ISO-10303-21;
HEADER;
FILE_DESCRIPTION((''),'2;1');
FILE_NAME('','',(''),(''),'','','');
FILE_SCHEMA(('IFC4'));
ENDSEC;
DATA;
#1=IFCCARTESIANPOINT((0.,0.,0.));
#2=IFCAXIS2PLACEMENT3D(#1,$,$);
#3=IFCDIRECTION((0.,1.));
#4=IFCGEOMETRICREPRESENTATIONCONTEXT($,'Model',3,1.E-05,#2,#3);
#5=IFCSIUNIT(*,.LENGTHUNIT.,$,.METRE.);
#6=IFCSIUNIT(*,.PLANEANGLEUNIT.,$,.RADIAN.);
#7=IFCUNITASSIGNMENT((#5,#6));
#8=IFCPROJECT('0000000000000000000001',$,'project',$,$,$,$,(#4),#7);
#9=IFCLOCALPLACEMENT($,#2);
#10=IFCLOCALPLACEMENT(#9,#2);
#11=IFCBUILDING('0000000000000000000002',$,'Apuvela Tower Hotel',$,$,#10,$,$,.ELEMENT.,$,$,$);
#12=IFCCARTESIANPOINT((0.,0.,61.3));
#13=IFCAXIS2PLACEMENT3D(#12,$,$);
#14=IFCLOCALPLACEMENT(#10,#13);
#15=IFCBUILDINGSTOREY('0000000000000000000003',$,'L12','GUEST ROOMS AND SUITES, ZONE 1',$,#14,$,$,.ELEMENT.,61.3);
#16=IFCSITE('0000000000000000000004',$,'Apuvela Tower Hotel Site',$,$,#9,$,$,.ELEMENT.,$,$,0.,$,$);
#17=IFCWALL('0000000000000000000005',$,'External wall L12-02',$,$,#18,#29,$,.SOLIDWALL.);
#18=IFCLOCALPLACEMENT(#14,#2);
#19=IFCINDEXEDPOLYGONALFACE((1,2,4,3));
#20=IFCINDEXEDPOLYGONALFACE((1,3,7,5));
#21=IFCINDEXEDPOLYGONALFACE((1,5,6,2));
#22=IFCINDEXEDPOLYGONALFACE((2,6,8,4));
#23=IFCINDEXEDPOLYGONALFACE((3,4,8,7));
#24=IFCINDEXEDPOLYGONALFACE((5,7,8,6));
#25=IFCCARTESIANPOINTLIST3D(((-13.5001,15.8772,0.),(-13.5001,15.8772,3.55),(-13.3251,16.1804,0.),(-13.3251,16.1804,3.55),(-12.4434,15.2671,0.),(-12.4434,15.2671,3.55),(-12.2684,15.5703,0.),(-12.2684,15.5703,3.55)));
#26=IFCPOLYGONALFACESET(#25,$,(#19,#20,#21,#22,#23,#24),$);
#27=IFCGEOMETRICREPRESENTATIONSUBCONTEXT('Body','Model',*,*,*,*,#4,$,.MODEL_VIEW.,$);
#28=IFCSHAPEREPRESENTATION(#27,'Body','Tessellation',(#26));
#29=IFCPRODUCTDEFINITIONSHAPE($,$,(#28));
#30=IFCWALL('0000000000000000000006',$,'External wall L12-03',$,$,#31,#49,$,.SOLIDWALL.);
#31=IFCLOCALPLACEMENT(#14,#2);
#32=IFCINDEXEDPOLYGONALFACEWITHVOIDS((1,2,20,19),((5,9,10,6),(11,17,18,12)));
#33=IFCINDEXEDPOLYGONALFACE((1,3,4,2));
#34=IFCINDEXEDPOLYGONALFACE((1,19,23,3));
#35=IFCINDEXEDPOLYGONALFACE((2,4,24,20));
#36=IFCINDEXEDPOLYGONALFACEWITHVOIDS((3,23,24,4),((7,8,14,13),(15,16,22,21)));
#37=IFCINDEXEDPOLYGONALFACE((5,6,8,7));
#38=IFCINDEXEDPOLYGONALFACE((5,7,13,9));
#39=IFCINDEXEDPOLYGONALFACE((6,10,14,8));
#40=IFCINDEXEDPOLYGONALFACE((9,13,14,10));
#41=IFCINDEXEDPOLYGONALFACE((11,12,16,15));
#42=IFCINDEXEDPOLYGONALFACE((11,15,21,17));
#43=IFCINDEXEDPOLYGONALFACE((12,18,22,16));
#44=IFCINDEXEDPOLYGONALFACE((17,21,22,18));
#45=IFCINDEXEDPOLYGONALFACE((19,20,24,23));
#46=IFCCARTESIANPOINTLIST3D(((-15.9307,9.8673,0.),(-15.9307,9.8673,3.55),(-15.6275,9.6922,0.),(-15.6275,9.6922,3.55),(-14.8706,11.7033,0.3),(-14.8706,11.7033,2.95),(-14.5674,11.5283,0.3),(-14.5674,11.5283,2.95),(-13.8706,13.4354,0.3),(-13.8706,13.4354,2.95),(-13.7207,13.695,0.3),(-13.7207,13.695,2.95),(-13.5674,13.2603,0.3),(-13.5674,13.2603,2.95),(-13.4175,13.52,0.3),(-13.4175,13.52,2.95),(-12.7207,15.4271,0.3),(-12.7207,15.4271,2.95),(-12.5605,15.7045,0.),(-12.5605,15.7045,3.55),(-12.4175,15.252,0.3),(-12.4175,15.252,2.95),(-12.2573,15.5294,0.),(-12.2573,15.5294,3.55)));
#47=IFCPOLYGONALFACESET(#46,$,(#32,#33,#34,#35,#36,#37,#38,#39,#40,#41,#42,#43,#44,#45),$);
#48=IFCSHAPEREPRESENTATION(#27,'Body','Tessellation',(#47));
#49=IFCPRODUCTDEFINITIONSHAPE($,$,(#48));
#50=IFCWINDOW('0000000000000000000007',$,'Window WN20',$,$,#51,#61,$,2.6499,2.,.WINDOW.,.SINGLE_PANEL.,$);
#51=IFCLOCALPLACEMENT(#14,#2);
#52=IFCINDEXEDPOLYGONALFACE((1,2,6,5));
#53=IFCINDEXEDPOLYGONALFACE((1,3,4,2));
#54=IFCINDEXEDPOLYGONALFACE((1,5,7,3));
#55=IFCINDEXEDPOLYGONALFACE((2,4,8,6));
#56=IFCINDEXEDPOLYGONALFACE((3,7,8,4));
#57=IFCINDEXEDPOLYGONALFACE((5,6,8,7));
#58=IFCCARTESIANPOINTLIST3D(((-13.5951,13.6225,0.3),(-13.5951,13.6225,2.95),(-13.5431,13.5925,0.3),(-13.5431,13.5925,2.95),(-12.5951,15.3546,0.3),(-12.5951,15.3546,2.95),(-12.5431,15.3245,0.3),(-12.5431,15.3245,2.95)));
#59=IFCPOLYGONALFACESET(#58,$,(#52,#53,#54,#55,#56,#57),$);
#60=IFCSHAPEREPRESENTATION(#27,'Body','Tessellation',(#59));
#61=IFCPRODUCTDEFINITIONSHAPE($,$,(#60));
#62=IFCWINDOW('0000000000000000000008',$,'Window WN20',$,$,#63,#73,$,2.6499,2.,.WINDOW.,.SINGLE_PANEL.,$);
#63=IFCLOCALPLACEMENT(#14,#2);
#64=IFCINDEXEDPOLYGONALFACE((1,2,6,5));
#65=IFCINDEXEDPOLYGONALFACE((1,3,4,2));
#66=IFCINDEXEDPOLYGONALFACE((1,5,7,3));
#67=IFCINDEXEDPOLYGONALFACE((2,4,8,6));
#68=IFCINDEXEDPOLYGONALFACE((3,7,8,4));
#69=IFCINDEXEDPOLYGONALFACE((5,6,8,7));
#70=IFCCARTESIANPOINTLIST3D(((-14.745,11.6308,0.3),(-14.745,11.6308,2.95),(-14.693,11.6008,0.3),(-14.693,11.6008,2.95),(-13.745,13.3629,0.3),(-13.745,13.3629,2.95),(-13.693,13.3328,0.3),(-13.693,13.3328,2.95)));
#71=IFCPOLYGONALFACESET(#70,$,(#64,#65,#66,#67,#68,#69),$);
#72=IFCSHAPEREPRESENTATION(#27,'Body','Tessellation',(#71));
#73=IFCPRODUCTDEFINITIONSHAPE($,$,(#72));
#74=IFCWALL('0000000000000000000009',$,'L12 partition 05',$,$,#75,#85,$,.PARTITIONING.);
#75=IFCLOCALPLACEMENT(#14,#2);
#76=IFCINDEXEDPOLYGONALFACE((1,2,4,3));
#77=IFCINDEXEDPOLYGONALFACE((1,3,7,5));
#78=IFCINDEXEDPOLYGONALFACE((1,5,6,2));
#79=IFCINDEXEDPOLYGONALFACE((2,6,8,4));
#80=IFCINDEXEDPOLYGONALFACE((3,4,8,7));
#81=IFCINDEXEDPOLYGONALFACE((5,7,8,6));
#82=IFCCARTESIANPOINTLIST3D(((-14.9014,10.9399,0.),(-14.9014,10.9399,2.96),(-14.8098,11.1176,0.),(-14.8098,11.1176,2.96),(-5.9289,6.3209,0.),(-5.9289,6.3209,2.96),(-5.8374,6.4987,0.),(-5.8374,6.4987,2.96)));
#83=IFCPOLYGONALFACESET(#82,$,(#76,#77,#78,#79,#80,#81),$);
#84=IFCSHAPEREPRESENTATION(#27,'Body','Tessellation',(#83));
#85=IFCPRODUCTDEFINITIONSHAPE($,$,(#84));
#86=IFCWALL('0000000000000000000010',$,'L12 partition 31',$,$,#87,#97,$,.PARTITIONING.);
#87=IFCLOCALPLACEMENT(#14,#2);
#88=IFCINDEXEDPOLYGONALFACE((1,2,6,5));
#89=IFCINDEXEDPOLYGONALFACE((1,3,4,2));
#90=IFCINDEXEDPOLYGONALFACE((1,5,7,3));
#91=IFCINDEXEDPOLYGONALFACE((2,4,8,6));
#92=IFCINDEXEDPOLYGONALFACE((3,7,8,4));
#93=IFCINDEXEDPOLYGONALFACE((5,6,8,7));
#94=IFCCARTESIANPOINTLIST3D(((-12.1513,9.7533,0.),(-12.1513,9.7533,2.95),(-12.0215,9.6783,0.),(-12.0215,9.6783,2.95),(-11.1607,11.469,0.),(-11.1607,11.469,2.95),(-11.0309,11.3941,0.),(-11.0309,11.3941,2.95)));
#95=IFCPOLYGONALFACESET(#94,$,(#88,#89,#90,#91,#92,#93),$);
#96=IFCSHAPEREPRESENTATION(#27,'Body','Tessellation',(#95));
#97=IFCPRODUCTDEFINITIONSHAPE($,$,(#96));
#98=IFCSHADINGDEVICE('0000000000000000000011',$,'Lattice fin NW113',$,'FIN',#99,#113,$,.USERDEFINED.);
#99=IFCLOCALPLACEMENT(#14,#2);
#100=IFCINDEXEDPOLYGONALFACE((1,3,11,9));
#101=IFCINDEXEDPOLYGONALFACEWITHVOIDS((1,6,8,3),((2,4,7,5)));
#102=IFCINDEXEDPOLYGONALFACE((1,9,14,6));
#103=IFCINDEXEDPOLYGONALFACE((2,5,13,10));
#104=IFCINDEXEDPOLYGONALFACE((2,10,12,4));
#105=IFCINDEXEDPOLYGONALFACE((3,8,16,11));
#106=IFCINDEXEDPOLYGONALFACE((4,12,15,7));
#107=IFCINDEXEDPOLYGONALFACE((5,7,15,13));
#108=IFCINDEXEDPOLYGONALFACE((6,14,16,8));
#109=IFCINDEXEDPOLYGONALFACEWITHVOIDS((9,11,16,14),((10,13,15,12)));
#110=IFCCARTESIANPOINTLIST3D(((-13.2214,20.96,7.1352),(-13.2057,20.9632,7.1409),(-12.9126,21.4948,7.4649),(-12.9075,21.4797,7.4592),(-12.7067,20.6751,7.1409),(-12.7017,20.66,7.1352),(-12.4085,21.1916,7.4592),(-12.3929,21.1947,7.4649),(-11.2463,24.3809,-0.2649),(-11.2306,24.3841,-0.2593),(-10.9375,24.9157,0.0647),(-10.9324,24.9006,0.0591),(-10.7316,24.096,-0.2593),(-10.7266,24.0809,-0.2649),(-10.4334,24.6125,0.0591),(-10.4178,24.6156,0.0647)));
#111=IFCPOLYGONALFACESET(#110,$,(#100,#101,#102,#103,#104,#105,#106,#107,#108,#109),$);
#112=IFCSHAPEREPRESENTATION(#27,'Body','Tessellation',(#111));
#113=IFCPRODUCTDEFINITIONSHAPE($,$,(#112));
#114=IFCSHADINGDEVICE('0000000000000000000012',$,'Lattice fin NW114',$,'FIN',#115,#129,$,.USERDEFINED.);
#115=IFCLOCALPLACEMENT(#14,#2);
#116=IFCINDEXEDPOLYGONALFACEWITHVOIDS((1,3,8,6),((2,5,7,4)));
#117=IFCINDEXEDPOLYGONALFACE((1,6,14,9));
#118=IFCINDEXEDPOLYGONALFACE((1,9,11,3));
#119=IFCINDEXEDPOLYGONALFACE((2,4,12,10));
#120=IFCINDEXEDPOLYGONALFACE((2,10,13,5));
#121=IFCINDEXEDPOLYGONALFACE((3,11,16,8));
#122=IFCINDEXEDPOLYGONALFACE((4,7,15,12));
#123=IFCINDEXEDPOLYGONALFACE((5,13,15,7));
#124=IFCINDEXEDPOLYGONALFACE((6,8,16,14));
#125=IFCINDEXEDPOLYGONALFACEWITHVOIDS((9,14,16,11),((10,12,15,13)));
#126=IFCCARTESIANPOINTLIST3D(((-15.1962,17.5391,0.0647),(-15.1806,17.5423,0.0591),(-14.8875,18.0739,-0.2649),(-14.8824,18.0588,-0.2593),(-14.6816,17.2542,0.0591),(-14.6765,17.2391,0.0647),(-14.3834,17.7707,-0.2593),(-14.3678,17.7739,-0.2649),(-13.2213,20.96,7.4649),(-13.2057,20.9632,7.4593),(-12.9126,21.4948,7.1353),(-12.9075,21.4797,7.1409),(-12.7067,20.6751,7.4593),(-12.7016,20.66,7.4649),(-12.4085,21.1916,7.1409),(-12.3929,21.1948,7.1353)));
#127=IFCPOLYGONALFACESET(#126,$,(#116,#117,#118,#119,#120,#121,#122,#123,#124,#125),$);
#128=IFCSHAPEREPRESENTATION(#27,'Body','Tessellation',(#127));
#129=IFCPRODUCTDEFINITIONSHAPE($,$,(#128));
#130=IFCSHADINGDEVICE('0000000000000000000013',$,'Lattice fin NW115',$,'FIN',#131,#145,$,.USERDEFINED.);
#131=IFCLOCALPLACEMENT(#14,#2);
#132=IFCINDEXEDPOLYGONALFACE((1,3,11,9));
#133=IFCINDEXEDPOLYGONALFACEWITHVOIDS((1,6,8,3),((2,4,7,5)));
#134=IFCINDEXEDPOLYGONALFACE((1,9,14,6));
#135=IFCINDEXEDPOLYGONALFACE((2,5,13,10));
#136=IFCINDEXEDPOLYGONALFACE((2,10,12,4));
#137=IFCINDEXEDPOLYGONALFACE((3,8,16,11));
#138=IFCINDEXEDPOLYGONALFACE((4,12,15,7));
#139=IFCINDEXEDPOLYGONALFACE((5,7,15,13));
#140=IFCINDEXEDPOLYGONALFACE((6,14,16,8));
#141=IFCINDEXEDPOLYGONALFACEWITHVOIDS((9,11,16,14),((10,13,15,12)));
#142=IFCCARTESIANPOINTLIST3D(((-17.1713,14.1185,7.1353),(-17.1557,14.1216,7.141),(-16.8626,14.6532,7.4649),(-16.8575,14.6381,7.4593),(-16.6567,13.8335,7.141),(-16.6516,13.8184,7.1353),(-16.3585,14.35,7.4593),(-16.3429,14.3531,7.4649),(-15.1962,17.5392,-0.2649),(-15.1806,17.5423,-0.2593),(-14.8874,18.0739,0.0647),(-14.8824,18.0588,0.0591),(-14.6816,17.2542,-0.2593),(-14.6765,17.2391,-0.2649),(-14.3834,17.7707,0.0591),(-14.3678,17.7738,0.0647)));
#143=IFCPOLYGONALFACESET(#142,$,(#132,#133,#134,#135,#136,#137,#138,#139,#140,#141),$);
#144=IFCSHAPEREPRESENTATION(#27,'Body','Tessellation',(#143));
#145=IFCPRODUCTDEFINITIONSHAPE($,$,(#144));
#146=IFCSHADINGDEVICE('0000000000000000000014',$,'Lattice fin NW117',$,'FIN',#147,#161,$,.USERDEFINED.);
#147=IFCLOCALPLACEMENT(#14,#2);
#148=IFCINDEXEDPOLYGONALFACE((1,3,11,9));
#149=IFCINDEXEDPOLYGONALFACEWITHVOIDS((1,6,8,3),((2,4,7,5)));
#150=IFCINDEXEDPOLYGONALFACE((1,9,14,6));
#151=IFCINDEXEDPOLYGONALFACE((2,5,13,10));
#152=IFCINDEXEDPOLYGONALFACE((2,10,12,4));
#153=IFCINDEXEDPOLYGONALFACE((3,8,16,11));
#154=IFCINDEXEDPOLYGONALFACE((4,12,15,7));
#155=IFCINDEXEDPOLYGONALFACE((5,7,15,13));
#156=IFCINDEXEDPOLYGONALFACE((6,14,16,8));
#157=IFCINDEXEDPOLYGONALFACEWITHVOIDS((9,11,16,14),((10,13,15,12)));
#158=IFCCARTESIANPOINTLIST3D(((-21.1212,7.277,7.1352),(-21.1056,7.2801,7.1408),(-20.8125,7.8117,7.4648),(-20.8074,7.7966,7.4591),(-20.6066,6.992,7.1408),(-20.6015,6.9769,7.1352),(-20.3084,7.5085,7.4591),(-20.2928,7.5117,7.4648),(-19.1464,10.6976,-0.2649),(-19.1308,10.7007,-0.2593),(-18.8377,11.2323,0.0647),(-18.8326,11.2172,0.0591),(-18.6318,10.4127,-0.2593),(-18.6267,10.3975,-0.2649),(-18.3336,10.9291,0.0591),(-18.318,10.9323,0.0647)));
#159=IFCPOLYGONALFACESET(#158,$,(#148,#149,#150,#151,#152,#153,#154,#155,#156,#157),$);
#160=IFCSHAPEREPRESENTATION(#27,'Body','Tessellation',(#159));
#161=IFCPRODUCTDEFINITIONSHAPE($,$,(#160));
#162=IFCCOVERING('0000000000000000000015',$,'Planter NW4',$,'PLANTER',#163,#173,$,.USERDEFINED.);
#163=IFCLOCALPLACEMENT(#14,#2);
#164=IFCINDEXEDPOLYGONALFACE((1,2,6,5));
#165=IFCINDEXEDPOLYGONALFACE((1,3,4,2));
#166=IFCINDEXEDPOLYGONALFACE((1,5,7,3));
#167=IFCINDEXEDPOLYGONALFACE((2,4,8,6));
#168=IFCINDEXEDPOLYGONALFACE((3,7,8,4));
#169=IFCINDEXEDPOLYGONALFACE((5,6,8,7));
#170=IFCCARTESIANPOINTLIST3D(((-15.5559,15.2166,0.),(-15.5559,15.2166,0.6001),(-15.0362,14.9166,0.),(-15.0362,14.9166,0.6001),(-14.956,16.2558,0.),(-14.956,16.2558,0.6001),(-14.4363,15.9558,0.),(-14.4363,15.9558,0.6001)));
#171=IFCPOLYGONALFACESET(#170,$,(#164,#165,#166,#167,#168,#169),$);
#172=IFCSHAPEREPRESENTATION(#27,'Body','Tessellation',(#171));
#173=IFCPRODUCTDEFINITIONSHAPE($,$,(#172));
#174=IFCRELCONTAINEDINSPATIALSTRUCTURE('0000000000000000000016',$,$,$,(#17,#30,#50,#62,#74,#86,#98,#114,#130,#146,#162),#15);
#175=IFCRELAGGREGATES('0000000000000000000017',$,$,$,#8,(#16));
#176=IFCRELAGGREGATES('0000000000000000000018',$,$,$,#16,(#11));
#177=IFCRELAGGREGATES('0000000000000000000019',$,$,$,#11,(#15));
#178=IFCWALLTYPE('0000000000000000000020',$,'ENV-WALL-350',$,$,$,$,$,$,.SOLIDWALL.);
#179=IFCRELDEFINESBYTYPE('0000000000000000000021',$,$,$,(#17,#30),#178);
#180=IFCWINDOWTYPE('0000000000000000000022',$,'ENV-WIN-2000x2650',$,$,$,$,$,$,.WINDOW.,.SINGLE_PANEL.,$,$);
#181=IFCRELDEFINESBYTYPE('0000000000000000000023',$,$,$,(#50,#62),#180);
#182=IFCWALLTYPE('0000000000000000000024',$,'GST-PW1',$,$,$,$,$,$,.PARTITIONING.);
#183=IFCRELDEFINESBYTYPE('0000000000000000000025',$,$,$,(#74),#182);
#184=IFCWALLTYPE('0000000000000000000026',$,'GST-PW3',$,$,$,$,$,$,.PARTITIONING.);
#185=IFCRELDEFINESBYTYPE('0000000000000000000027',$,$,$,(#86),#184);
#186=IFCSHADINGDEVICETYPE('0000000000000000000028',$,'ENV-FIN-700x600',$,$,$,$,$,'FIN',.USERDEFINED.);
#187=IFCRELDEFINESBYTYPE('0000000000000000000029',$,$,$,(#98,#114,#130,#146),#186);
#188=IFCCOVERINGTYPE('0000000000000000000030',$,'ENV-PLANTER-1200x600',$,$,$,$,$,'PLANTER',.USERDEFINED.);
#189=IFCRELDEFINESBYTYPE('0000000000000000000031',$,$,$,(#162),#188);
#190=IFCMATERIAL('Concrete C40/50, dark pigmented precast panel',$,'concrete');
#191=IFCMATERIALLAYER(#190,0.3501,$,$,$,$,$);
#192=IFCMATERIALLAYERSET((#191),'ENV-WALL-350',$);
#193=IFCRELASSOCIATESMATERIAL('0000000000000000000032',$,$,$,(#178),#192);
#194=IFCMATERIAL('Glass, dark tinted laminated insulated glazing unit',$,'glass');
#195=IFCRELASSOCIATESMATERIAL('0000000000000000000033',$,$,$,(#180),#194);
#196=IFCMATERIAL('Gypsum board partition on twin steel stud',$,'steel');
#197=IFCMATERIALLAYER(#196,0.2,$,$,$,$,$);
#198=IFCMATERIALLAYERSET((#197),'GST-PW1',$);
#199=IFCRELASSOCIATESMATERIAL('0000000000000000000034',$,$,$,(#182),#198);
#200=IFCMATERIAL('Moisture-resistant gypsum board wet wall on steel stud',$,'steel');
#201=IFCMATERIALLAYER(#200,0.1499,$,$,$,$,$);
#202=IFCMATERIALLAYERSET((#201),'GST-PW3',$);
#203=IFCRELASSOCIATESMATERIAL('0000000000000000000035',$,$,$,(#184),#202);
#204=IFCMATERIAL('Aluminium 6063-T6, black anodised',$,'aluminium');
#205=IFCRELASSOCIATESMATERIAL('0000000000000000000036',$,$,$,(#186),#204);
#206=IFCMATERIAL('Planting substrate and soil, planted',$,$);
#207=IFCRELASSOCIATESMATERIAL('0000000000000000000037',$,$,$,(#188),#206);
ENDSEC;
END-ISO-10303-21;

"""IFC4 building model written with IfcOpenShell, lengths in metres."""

from ifc_helpers import new_model, si_unit, direction, frame, frame_2d, origin, origin_2d, place, context, subcontext, project, spatial, rectangle, hollow_rectangle, extrude, material, layer, layer_set, material_profile, profile_set, type_object, element, fill, save


model = new_model("IFC4")

# Units and contexts
model_context = context("Model", 3, precision=1e-05, world=origin(), true_north=direction((0.0, 1.0)))
body_context = subcontext(model_context, "Body", "Model", "MODEL_VIEW")
ifc_project = project(units=[si_unit("LENGTHUNIT", "METRE"), si_unit("PLANEANGLEUNIT", "RADIAN")], contexts=[model_context])

# Site, building, storey
site_placement = place(None, origin())
site = spatial("IfcSite", under=ifc_project, at=site_placement, Name="Apuvela Tower Hotel Site", CompositionType="ELEMENT", RefElevation=0.0)
building_placement = place(site_placement, origin())
building = spatial("IfcBuilding", under=site, at=building_placement, Name="Apuvela Tower Hotel", CompositionType="ELEMENT")
storey_placement = place(building_placement, frame((0.0, 0.0, 61.3)))
storey = spatial("IfcBuildingStorey", under=building, at=storey_placement, Name="L12", Description="GUEST ROOMS AND SUITES, ZONE 1", CompositionType="ELEMENT", Elevation=61.3)

# Wall
ifc_material_1 = material(Name="Concrete C40/50, dark pigmented precast panel", Category="concrete")
ifc_layer_1 = layer(ifc_material_1, 0.3501)
ifc_layer_set_1 = layer_set([ifc_layer_1], Name="ENV-WALL-350")
wall_type_1 = type_object("IfcWallType", Name="ENV-WALL-350", PredefinedType="SOLIDWALL", material=ifc_layer_set_1)
wall_1_placement = place(storey_placement, frame((-13.4126, 16.0288, 0.0), z_axis=(0.0, 0.0, 1.0), x_axis=(0.866006, -0.500034, 0.0)))
element("IfcWall", 1, at=wall_1_placement, inside=storey, type_object=wall_type_1, Name="External wall L12-02", PredefinedType="SOLIDWALL", context=body_context, shape_type="SweptSolid", body=[
    extrude(rectangle(XDim=1.2202, YDim=0.3501, at=frame_2d((0.6101, 0.0))), origin(), (0.0, 0.0, 1.0), 3.55),
])

# Wall, openings, windows
wall_2_placement = place(storey_placement, frame((-12.4089, 15.6169, 0.0), z_axis=(0.0, 0.0, 1.0), x_axis=(-0.500004, -0.866023, 0.0)))
wall_2 = element("IfcWall", 2, at=wall_2_placement, inside=storey, type_object=wall_type_1, Name="External wall L12-03", PredefinedType="SOLIDWALL", context=body_context, shape_type="SweptSolid", body=[
    extrude(rectangle(XDim=6.7402, YDim=0.3501, at=frame_2d((3.3701, 0.0))), origin(), (0.0, 0.0, 1.0), 3.55),
])
opening_1_placement = place(wall_2_placement, frame((0.3203, 0.0, 0.3)))
opening_1 = element("IfcOpeningElement", 3, at=opening_1_placement, cuts=wall_2, PredefinedType="OPENING", context=body_context, shape_type="SweptSolid", body=[
    extrude(rectangle(XDim=2.0, YDim=2.6499, at=frame_2d((1.0, 1.325))), frame((0.0, 0.1851, 0.0), z_axis=(0.0, -1.0, 0.0), x_axis=(1.0, 0.0, 0.0)), (0.0, 0.0, 1.0), 0.3701),
])
opening_2_placement = place(wall_2_placement, frame((2.6201, 0.0, 0.3)))
opening_2 = element("IfcOpeningElement", 4, at=opening_2_placement, cuts=wall_2, PredefinedType="OPENING", context=body_context, shape_type="SweptSolid", body=[
    extrude(rectangle(XDim=2.0, YDim=2.6499, at=frame_2d((1.0, 1.325))), frame((0.0, 0.1851, 0.0), z_axis=(0.0, -1.0, 0.0), x_axis=(1.0, 0.0, 0.0)), (0.0, 0.0, 1.0), 0.3701),
])
ifc_material_2 = material(Name="Glass, dark tinted laminated insulated glazing unit", Category="glass")
window_type = type_object("IfcWindowType", Name="ENV-WIN-2000x2650", PartitioningType="SINGLE_PANEL", PredefinedType="WINDOW", material=ifc_material_2)
window_1_placement = place(opening_1_placement, origin())
window_1 = element("IfcWindow", 5, at=window_1_placement, inside=storey, type_object=window_type, Name="Window WN20", OverallHeight=2.6499, OverallWidth=2.0, PartitioningType="SINGLE_PANEL", PredefinedType="WINDOW", context=body_context, shape_type="SweptSolid", body=[
    extrude(rectangle(XDim=2.0, YDim=2.6499, at=frame_2d((1.0, 1.325))), frame((0.0, 0.03, 0.0), z_axis=(0.0, -1.0, 0.0), x_axis=(1.0, 0.0, 0.0)), (0.0, 0.0, 1.0), 0.0601),
])
fill(opening_1, window_1)
window_2_placement = place(opening_2_placement, origin())
window_2 = element("IfcWindow", 6, at=window_2_placement, inside=storey, type_object=window_type, Name="Window WN20", OverallHeight=2.6499, OverallWidth=2.0, PartitioningType="SINGLE_PANEL", PredefinedType="WINDOW", context=body_context, shape_type="SweptSolid", body=[
    extrude(rectangle(XDim=2.0, YDim=2.6499, at=frame_2d((1.0, 1.325))), frame((0.0, 0.03, 0.0), z_axis=(0.0, -1.0, 0.0), x_axis=(1.0, 0.0, 0.0)), (0.0, 0.0, 1.0), 0.0601),
])
fill(opening_2, window_2)

# Walls
ifc_material_3 = material(Name="Gypsum board partition on twin steel stud", Category="steel")
ifc_layer_2 = layer(ifc_material_3, 0.2)
ifc_layer_set_2 = layer_set([ifc_layer_2], Name="GST-PW1")
wall_type_2 = type_object("IfcWallType", Name="GST-PW1", PredefinedType="PARTITIONING", material=ifc_layer_set_2)
wall_3_placement = place(storey_placement, frame((-14.8557, 11.0288, 0.0), z_axis=(0.0, 0.0, 1.0), x_axis=(0.889106, -0.457702, 0.0)))
element("IfcWall", 7, at=wall_3_placement, inside=storey, type_object=wall_type_2, Name="L12 partition 05", PredefinedType="PARTITIONING", context=body_context, shape_type="SweptSolid", body=[
    extrude(rectangle(XDim=10.0916, YDim=0.2, at=frame_2d((5.0459, 0.0))), origin(), (0.0, 0.0, 1.0), 2.96),
])
ifc_material_4 = material(Name="Moisture-resistant gypsum board wet wall on steel stud", Category="steel")
ifc_layer_3 = layer(ifc_material_4, 0.1499)
ifc_layer_set_3 = layer_set([ifc_layer_3], Name="GST-PW3")
wall_type_3 = type_object("IfcWallType", Name="GST-PW3", PredefinedType="PARTITIONING", material=ifc_layer_set_3)
wall_4_placement = place(storey_placement, frame((-11.0957, 11.4316, 0.0), z_axis=(0.0, 0.0, 1.0), x_axis=(-0.500035, -0.866005, 0.0)))
element("IfcWall", 8, at=wall_4_placement, inside=storey, type_object=wall_type_3, Name="L12 partition 31", PredefinedType="PARTITIONING", context=body_context, shape_type="SweptSolid", body=[
    extrude(rectangle(XDim=1.9812, YDim=0.1499, at=frame_2d((0.9907, 0.0))), origin(), (0.0, 0.0, 1.0), 2.95),
])

# Shading devices
ifc_material_5 = material(Name="Aluminium 6063-T6, black anodised", Category="aluminium")
ifc_material_profile_1 = material_profile(ifc_material_5, hollow_rectangle(XDim=0.6001, YDim=0.7, WallThickness=0.012, at=origin_2d()), Name="AL BOX 700x600x12")
ifc_profile_set_1 = profile_set([ifc_material_profile_1], Name="Aluminium 6063-T6, black anodised")
shading_device_type = type_object("IfcShadingDeviceType", Name="ENV-FIN-700x600", ElementType="FIN", PredefinedType="USERDEFINED", material=ifc_profile_set_1)
for number, where, z_axis, x_axis, name in (
    (9, (-10.832, 24.4983, -0.1001), (-0.235455, -0.407812, 0.882185), (0.866021, -0.500008, 0.0), "Lattice fin NW113"),
    (10, (-14.782, 17.6565, -0.1001), (0.235428, 0.407814, 0.882191), (-0.866048, 0.499961, 0.0), "Lattice fin NW114"),
    (11, (-14.782, 17.6565, -0.1001), (-0.235458, -0.407787, 0.882196), (0.866005, -0.500035, 0.0), "Lattice fin NW115"),
):
    element("IfcShadingDevice", number, at=place(storey_placement, frame(where, z_axis=z_axis, x_axis=x_axis)), inside=storey, type_object=shading_device_type, Name=name, ObjectType="FIN", PredefinedType="USERDEFINED", context=body_context, shape_type="SweptSolid", body=[
        extrude(hollow_rectangle(XDim=0.6001, YDim=0.7, WallThickness=0.012, at=origin_2d()), origin(), (0.0, 0.0, 1.0), 8.3884),
    ])
shading_device_placement = place(storey_placement, frame((-18.7322, 10.8149, -0.1001), z_axis=(-0.23543, -0.40779, 0.882202), x_axis=(0.866032, -0.499988, 0.0)))
element("IfcShadingDevice", 12, at=shading_device_placement, inside=storey, type_object=shading_device_type, Name="Lattice fin NW117", ObjectType="FIN", PredefinedType="USERDEFINED", context=body_context, shape_type="SweptSolid", body=[
    extrude(hollow_rectangle(XDim=0.6001, YDim=0.7, WallThickness=0.012, at=origin_2d()), origin(), (0.0, 0.0, 1.0), 8.3882),
])

# Covering
ifc_material_6 = material(Name="Planting substrate and soil, planted")
covering_type = type_object("IfcCoveringType", Name="ENV-PLANTER-1200x600", ElementType="PLANTER", PredefinedType="USERDEFINED", material=ifc_material_6)
covering_placement = place(storey_placement, frame((-14.9961, 15.5862, 0.0), z_axis=(0.0, 0.0, 1.0), x_axis=(-0.5, -0.866025, 0.0)))
element("IfcCovering", 13, at=covering_placement, inside=storey, type_object=covering_type, Name="Planter NW4", ObjectType="PLANTER", PredefinedType="USERDEFINED", context=body_context, shape_type="SweptSolid", body=[
    extrude(rectangle(XDim=1.2, YDim=0.6001, at=origin_2d()), origin(), (0.0, 0.0, 1.0), 0.6001),
])

save(model, "model.ifc")
